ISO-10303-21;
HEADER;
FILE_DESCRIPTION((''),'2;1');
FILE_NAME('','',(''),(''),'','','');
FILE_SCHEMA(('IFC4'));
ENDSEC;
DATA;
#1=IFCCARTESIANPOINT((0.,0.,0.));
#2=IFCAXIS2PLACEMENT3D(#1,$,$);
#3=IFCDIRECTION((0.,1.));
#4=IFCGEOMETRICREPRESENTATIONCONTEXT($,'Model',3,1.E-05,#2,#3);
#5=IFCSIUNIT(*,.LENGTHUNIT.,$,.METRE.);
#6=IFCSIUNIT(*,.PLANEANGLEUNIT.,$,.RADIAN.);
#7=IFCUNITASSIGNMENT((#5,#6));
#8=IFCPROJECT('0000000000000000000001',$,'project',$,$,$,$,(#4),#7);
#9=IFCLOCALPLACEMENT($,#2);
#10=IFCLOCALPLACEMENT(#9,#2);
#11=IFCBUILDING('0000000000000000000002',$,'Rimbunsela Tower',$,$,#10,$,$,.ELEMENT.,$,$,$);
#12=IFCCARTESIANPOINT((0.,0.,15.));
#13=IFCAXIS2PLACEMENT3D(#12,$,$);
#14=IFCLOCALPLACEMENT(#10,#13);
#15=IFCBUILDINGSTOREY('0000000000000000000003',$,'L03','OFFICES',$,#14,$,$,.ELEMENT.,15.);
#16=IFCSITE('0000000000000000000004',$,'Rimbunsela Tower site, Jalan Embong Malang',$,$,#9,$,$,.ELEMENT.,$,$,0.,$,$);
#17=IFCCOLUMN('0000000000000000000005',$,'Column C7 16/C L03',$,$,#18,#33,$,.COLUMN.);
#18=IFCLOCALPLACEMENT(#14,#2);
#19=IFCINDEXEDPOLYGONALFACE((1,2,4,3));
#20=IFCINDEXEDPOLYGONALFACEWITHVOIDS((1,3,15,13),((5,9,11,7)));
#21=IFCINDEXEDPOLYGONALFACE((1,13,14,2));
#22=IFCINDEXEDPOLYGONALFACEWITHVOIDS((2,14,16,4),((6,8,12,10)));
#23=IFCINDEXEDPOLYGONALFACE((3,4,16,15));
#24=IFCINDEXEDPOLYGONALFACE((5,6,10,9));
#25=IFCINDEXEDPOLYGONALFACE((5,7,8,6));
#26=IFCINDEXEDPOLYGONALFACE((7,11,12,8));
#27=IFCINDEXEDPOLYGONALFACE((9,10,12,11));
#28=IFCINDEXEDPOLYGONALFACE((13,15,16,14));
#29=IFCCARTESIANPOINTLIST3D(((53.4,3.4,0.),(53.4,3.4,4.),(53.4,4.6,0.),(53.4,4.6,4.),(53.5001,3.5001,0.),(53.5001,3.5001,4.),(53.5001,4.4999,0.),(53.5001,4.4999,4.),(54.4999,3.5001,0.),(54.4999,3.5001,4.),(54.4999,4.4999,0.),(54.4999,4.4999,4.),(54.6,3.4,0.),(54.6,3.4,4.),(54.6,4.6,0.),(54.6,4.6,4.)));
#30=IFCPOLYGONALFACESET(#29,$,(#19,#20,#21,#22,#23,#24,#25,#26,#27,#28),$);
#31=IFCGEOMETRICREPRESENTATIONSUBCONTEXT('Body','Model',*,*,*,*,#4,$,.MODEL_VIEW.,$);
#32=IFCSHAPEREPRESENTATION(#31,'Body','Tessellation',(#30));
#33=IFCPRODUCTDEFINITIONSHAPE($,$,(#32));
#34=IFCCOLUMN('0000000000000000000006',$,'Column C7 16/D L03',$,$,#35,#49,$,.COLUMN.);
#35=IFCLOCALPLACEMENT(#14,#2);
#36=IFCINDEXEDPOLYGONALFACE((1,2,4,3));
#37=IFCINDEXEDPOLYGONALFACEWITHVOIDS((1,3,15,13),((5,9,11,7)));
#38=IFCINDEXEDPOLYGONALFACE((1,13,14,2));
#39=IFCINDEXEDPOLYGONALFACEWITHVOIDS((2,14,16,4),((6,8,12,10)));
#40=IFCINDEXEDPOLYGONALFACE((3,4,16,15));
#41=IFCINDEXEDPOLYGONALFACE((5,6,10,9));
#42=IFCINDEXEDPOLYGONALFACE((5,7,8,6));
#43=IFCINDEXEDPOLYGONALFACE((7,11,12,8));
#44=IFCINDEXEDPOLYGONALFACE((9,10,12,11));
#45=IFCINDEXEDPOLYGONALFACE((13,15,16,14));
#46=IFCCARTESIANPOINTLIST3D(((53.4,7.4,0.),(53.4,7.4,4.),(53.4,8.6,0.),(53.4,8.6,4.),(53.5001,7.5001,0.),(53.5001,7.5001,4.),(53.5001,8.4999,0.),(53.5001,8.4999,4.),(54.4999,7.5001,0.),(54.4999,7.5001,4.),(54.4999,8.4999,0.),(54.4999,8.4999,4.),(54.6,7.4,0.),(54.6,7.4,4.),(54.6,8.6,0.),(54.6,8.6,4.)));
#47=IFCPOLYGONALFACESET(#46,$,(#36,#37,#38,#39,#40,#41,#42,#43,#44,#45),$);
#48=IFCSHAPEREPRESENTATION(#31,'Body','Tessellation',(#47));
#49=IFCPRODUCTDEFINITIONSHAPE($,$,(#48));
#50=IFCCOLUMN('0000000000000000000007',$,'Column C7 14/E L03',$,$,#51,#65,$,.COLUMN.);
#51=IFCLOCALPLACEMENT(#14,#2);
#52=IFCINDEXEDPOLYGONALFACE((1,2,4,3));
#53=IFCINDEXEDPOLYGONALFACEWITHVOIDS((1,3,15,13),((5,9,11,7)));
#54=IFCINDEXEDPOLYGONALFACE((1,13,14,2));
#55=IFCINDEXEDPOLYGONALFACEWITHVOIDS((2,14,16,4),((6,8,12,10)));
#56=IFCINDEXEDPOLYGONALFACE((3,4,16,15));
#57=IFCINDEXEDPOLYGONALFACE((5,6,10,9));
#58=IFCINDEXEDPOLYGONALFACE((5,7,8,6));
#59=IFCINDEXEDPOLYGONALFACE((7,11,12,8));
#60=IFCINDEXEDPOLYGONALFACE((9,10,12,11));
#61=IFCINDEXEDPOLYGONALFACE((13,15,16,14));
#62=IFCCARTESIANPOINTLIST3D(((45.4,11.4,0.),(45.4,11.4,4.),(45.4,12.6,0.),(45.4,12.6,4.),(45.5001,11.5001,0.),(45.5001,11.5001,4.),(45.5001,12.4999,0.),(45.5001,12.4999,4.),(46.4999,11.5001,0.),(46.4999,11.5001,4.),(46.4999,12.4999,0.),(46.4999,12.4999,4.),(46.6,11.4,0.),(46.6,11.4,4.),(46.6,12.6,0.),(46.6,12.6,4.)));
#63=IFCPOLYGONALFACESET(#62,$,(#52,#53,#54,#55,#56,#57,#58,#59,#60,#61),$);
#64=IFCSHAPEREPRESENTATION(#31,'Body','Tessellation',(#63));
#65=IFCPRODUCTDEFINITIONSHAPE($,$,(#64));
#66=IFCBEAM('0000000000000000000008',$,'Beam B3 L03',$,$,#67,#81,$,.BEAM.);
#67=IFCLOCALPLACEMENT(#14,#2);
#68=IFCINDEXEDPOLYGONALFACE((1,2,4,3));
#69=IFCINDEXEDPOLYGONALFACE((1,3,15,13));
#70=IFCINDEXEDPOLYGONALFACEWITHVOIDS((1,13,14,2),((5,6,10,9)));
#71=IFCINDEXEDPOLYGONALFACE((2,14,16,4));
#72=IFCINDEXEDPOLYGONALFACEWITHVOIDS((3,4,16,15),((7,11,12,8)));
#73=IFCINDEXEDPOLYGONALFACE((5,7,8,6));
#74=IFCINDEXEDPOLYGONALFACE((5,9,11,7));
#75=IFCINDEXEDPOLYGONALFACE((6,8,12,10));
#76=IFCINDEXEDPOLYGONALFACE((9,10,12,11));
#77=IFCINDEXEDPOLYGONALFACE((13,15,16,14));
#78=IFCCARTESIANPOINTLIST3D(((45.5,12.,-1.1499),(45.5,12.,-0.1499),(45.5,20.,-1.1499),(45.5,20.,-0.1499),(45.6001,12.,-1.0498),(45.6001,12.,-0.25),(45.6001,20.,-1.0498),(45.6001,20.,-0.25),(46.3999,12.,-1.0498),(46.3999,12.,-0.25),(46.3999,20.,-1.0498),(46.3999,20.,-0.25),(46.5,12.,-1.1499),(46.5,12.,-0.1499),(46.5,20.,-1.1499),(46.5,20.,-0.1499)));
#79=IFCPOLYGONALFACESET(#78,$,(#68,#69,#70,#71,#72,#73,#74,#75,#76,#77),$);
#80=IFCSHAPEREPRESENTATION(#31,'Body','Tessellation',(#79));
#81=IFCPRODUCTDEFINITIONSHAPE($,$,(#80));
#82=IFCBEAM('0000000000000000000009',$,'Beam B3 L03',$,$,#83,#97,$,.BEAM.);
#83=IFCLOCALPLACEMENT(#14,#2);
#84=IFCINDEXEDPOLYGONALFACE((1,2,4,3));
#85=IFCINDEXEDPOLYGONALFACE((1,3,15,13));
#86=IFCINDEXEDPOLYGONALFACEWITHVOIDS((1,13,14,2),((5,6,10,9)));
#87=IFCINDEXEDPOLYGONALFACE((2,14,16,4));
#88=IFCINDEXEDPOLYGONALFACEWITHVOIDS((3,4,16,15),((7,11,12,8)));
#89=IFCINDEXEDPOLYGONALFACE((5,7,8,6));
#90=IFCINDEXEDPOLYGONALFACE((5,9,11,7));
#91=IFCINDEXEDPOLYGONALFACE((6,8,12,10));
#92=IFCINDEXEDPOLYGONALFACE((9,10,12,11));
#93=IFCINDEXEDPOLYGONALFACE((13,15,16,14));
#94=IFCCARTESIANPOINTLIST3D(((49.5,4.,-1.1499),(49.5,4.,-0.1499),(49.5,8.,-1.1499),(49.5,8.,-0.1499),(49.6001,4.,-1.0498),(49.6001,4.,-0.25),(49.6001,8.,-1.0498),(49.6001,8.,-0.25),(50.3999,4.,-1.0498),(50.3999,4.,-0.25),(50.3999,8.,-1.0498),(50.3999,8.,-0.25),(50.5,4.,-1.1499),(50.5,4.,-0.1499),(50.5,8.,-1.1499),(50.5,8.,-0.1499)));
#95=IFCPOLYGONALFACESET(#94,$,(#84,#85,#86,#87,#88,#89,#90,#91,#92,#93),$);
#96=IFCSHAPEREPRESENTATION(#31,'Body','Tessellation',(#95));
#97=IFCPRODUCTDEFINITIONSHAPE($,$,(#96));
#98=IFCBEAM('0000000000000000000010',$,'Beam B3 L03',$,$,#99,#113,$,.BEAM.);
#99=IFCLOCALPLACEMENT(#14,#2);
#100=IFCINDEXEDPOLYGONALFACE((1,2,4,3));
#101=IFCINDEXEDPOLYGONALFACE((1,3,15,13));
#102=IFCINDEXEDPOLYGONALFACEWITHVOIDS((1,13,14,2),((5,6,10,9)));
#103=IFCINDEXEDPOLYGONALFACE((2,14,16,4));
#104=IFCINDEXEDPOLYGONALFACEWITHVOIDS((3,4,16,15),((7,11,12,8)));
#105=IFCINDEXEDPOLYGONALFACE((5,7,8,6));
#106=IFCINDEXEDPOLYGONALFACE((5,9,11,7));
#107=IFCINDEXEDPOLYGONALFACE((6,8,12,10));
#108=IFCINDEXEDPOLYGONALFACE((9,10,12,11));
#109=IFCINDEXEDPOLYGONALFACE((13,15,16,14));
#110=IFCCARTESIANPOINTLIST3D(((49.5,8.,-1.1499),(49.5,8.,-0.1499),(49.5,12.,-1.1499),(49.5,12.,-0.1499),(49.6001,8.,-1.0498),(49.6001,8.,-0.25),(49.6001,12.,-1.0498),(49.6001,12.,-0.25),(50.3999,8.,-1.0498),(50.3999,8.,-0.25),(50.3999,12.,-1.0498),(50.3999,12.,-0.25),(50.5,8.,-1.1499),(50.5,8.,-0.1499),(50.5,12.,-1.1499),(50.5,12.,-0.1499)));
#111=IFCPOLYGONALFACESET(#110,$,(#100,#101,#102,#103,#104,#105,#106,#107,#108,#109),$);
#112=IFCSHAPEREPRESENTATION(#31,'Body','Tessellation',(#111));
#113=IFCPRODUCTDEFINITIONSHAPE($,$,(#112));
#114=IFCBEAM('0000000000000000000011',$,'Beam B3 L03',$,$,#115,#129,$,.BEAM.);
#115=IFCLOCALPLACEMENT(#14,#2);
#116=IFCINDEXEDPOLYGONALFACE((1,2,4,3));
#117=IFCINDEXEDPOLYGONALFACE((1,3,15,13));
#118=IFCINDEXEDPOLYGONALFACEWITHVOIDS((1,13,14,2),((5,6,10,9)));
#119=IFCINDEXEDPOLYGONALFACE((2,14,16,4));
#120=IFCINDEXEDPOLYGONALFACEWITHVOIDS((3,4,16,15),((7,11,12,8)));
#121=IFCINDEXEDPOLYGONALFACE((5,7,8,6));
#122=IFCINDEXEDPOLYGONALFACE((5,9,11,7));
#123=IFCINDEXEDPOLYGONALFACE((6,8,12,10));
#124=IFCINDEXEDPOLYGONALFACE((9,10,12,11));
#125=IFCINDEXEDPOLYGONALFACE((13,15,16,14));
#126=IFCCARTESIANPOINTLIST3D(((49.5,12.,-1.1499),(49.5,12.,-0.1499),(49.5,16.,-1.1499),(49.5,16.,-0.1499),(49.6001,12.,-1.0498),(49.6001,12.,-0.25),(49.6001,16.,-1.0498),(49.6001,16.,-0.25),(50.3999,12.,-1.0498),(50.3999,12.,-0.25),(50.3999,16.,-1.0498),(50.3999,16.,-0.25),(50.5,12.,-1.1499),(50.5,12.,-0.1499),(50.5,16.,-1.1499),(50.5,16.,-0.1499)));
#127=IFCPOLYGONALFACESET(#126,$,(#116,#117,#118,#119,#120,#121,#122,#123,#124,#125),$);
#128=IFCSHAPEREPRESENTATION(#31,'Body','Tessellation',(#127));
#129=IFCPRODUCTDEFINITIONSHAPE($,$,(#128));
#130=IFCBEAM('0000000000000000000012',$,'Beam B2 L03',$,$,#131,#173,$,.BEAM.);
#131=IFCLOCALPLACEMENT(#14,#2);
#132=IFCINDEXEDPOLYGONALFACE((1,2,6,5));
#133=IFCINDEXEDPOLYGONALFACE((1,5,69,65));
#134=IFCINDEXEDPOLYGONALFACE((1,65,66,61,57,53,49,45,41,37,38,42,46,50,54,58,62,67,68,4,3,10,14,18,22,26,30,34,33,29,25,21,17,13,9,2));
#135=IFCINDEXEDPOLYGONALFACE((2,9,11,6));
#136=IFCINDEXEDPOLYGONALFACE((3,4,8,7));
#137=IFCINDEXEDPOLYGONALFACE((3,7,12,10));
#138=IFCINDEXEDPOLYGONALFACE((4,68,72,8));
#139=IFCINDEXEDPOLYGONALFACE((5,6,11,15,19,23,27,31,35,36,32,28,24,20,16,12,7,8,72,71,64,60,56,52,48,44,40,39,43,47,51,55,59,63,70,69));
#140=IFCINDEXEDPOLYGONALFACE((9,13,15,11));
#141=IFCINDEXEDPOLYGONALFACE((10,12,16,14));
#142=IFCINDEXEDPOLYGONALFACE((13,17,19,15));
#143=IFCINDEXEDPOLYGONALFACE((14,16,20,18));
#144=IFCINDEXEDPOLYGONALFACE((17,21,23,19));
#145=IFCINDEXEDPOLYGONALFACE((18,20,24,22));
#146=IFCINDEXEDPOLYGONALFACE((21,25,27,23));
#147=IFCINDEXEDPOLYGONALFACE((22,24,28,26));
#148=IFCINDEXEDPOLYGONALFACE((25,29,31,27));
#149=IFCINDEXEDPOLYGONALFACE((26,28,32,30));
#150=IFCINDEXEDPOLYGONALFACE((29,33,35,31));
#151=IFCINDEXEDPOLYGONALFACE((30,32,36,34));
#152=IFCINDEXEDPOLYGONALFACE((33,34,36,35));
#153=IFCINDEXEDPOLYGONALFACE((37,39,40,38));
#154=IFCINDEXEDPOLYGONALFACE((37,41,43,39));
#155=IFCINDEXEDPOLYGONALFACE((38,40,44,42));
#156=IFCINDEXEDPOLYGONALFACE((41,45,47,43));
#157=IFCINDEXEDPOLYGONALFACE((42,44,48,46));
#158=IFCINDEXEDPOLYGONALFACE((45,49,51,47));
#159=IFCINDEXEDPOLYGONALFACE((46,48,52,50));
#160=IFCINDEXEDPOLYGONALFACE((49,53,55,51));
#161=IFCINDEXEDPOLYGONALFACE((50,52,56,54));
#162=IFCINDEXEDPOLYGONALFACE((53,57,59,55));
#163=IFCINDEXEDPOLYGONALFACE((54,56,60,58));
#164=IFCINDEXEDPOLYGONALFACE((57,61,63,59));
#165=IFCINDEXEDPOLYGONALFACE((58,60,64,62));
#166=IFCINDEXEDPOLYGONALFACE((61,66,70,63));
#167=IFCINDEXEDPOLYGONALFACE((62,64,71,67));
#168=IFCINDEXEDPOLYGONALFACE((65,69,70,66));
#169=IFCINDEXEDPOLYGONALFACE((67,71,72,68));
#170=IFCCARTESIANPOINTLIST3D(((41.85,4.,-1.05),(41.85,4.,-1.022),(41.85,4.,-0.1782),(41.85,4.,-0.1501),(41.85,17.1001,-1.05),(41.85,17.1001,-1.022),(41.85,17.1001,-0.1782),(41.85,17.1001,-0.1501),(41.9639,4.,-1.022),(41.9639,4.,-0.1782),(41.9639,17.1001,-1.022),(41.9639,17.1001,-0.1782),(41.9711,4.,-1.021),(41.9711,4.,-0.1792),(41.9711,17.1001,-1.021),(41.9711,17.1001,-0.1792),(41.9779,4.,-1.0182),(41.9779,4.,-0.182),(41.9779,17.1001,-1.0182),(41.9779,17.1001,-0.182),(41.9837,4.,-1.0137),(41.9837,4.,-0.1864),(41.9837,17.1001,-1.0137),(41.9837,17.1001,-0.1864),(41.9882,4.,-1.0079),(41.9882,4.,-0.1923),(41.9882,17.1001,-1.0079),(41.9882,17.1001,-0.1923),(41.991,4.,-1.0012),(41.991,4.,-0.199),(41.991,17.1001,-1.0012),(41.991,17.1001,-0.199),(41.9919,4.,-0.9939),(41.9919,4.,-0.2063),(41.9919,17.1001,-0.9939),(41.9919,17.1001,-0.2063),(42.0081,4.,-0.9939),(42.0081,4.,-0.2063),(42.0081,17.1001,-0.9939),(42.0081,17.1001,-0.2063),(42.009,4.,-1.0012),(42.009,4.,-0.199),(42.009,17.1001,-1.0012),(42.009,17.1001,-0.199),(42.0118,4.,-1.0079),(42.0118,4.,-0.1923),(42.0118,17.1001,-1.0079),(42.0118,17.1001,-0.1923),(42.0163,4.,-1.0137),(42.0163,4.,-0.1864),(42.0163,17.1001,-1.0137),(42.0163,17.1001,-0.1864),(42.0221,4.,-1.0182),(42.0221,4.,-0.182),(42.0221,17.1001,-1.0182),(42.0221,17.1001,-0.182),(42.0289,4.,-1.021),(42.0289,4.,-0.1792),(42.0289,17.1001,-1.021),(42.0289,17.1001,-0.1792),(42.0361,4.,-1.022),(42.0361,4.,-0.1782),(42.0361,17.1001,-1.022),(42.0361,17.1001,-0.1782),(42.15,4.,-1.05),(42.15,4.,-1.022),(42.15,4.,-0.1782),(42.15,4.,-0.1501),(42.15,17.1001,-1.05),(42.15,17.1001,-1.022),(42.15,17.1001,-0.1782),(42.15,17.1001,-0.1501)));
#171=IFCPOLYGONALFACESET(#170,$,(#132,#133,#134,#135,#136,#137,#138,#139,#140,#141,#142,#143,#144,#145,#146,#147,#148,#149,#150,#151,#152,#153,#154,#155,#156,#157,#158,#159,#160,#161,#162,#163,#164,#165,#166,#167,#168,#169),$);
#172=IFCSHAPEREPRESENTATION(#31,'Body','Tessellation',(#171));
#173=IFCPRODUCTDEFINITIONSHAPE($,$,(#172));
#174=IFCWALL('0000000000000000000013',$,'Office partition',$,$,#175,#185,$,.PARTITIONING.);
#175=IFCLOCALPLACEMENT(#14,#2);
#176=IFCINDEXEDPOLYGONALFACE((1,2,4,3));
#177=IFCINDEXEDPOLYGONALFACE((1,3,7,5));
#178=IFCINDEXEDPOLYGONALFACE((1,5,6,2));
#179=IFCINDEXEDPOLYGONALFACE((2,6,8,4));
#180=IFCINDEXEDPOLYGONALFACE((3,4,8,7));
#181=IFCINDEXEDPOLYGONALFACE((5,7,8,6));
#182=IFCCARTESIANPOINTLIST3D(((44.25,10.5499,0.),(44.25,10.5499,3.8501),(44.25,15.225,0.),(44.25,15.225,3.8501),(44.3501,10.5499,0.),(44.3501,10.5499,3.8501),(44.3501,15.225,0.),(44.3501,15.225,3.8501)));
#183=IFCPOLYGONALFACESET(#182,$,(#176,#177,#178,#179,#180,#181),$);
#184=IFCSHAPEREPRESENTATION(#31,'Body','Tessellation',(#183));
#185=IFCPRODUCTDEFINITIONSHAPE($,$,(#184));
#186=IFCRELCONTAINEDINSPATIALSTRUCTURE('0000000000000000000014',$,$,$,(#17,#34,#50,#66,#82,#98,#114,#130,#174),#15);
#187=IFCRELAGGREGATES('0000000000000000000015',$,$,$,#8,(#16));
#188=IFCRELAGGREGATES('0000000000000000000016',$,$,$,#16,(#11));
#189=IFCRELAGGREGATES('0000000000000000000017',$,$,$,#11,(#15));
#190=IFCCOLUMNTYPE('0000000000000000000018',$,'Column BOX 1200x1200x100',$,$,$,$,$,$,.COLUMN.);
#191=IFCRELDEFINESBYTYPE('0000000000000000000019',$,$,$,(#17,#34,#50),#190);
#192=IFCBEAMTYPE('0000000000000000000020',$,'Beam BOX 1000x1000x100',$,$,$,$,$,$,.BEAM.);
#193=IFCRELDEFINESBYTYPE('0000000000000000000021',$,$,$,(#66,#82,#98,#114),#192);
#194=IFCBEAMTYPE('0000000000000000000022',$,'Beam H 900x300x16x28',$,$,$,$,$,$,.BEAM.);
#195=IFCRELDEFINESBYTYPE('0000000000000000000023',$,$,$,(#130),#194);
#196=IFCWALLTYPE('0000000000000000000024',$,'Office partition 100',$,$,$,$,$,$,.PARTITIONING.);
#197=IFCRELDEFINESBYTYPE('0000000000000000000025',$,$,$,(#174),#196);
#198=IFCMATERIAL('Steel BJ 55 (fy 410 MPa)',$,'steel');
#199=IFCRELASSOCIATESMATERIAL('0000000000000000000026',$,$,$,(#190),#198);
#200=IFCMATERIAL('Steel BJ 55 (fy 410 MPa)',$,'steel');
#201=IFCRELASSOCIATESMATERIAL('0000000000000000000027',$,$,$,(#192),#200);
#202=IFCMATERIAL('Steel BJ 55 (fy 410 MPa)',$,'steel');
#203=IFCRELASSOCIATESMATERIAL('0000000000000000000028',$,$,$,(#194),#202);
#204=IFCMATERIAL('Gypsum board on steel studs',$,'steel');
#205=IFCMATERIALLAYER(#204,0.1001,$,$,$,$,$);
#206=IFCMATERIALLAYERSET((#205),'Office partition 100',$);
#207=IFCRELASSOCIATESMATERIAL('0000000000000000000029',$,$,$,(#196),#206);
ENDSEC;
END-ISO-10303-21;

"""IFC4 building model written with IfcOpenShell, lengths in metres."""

from ifc_helpers import new_model, si_unit, direction, frame, frame_2d, origin, origin_2d, place, context, subcontext, project, spatial, rectangle, hollow_rectangle, i_section, extrude, material, layer, layer_set, material_profile, profile_set, type_object, element, save


model = new_model("IFC4")

# Units and contexts
model_context = context("Model", 3, precision=1e-05, world=origin(), true_north=direction((0.0, 1.0)))
body_context = subcontext(model_context, "Body", "Model", "MODEL_VIEW")
ifc_project = project(units=[si_unit("LENGTHUNIT", "METRE"), si_unit("PLANEANGLEUNIT", "RADIAN")], contexts=[model_context])

# Site, building, storey
site_placement = place(None, origin())
site = spatial("IfcSite", under=ifc_project, at=site_placement, Name="Rimbunsela Tower site, Jalan Embong Malang", CompositionType="ELEMENT", RefElevation=0.0)
building_placement = place(site_placement, origin())
building = spatial("IfcBuilding", under=site, at=building_placement, Name="Rimbunsela Tower", CompositionType="ELEMENT")
storey_placement = place(building_placement, frame((0.0, 0.0, 15.0)))
storey = spatial("IfcBuildingStorey", under=building, at=storey_placement, Name="L03", Description="OFFICES", CompositionType="ELEMENT", Elevation=15.0)

# Columns
ifc_material_1 = material(Name="Steel BJ 55 (fy 410 MPa)", Category="steel")
ifc_material_profile_1 = material_profile(ifc_material_1, hollow_rectangle(XDim=1.2, YDim=1.2, WallThickness=0.1001, at=origin_2d()), Name="BOX 1200x1200x100")
ifc_profile_set_1 = profile_set([ifc_material_profile_1], Name="Steel BJ 55 (fy 410 MPa)")
column_type = type_object("IfcColumnType", Name="Column BOX 1200x1200x100", PredefinedType="COLUMN", material=ifc_profile_set_1)
for number, where, z_axis, x_axis, name in (
    (1, (54.0, 4.0, 0.0), (0.0, 0.0, 1.0), (1.0, 0.0, 0.0), "Column C7 16/C L03"),
    (2, (54.0, 8.0, 0.0), (0.0, 0.0, 1.0), (1.0, 0.0, 0.0), "Column C7 16/D L03"),
    (3, (46.0, 12.0, 0.0), (0.0, 0.0, 1.0), (1.0, 0.0, 0.0), "Column C7 14/E L03"),
):
    element("IfcColumn", number, at=place(storey_placement, frame(where, z_axis=z_axis, x_axis=x_axis)), inside=storey, type_object=column_type, Name=name, PredefinedType="COLUMN", context=body_context, shape_type="SweptSolid", body=[
        extrude(hollow_rectangle(XDim=1.2, YDim=1.2, WallThickness=0.1001, at=origin_2d()), origin(), (0.0, 0.0, 1.0), 4.0),
    ])

# Beams
ifc_material_2 = material(Name="Steel BJ 55 (fy 410 MPa)", Category="steel")
ifc_material_profile_2 = material_profile(ifc_material_2, hollow_rectangle(XDim=1.0, YDim=1.0, WallThickness=0.1001, at=origin_2d()), Name="BOX 1000x1000x100")
ifc_profile_set_2 = profile_set([ifc_material_profile_2], Name="Steel BJ 55 (fy 410 MPa)")
beam_type_1 = type_object("IfcBeamType", Name="Beam BOX 1000x1000x100", PredefinedType="BEAM", material=ifc_profile_set_2)
beam_1_placement = place(storey_placement, frame((46.0, 12.0, -0.6499), z_axis=(0.0, 1.0, 0.0), x_axis=(-1.0, 0.0, 0.0)))
element("IfcBeam", 4, at=beam_1_placement, inside=storey, type_object=beam_type_1, Name="Beam B3 L03", PredefinedType="BEAM", context=body_context, shape_type="SweptSolid", body=[
    extrude(hollow_rectangle(XDim=1.0, YDim=1.0, WallThickness=0.1001, at=origin_2d()), origin(), (0.0, 0.0, 1.0), 8.0),
])
for number, where, z_axis, x_axis, name in (
    (5, (50.0, 4.0, -0.6499), (0.0, 1.0, 0.0), (-1.0, 0.0, 0.0), "Beam B3 L03"),
    (6, (50.0, 8.0, -0.6499), (0.0, 1.0, 0.0), (-1.0, 0.0, 0.0), "Beam B3 L03"),
    (7, (50.0, 12.0, -0.6499), (0.0, 1.0, 0.0), (-1.0, 0.0, 0.0), "Beam B3 L03"),
):
    element("IfcBeam", number, at=place(storey_placement, frame(where, z_axis=z_axis, x_axis=x_axis)), inside=storey, type_object=beam_type_1, Name=name, PredefinedType="BEAM", context=body_context, shape_type="SweptSolid", body=[
        extrude(hollow_rectangle(XDim=1.0, YDim=1.0, WallThickness=0.1001, at=origin_2d()), origin(), (0.0, 0.0, 1.0), 4.0),
    ])
ifc_material_3 = material(Name="Steel BJ 55 (fy 410 MPa)", Category="steel")
ifc_material_profile_3 = material_profile(ifc_material_3, i_section(OverallWidth=0.3, OverallDepth=0.8999, WebThickness=0.0161, FlangeThickness=0.0281, FilletRadius=0.0281, at=origin_2d()), Name="H 900x300x16x28")
ifc_profile_set_3 = profile_set([ifc_material_profile_3], Name="Steel BJ 55 (fy 410 MPa)")
beam_type_2 = type_object("IfcBeamType", Name="Beam H 900x300x16x28", PredefinedType="BEAM", material=ifc_profile_set_3)
beam_2_placement = place(storey_placement, frame((42.0, 4.0, -0.6001), z_axis=(0.0, 1.0, 0.0), x_axis=(-1.0, 0.0, 0.0)))
element("IfcBeam", 8, at=beam_2_placement, inside=storey, type_object=beam_type_2, Name="Beam B2 L03", PredefinedType="BEAM", context=body_context, shape_type="SweptSolid", body=[
    extrude(i_section(OverallWidth=0.3, OverallDepth=0.8999, WebThickness=0.0161, FlangeThickness=0.0281, FilletRadius=0.0281, at=origin_2d()), origin(), (0.0, 0.0, 1.0), 13.1001),
])

# Wall
ifc_material_4 = material(Name="Gypsum board on steel studs", Category="steel")
ifc_layer_1 = layer(ifc_material_4, 0.1001)
ifc_layer_set_1 = layer_set([ifc_layer_1], Name="Office partition 100")
wall_type_1 = type_object("IfcWallType", Name="Office partition 100", PredefinedType="PARTITIONING", material=ifc_layer_set_1)
wall_1_placement = place(storey_placement, frame((44.3, 10.55, 0.0), z_axis=(0.0, 0.0, 1.0), x_axis=(0.0, 1.0, 0.0)))
element("IfcWall", 9, at=wall_1_placement, inside=storey, type_object=wall_type_1, Name="Office partition", PredefinedType="PARTITIONING", context=body_context, shape_type="SweptSolid", body=[
    extrude(rectangle(XDim=4.675, YDim=0.1001, at=frame_2d((2.3374, 0.0))), origin(), (0.0, 0.0, 1.0), 3.8501),
])

save(model, "model.ifc")
